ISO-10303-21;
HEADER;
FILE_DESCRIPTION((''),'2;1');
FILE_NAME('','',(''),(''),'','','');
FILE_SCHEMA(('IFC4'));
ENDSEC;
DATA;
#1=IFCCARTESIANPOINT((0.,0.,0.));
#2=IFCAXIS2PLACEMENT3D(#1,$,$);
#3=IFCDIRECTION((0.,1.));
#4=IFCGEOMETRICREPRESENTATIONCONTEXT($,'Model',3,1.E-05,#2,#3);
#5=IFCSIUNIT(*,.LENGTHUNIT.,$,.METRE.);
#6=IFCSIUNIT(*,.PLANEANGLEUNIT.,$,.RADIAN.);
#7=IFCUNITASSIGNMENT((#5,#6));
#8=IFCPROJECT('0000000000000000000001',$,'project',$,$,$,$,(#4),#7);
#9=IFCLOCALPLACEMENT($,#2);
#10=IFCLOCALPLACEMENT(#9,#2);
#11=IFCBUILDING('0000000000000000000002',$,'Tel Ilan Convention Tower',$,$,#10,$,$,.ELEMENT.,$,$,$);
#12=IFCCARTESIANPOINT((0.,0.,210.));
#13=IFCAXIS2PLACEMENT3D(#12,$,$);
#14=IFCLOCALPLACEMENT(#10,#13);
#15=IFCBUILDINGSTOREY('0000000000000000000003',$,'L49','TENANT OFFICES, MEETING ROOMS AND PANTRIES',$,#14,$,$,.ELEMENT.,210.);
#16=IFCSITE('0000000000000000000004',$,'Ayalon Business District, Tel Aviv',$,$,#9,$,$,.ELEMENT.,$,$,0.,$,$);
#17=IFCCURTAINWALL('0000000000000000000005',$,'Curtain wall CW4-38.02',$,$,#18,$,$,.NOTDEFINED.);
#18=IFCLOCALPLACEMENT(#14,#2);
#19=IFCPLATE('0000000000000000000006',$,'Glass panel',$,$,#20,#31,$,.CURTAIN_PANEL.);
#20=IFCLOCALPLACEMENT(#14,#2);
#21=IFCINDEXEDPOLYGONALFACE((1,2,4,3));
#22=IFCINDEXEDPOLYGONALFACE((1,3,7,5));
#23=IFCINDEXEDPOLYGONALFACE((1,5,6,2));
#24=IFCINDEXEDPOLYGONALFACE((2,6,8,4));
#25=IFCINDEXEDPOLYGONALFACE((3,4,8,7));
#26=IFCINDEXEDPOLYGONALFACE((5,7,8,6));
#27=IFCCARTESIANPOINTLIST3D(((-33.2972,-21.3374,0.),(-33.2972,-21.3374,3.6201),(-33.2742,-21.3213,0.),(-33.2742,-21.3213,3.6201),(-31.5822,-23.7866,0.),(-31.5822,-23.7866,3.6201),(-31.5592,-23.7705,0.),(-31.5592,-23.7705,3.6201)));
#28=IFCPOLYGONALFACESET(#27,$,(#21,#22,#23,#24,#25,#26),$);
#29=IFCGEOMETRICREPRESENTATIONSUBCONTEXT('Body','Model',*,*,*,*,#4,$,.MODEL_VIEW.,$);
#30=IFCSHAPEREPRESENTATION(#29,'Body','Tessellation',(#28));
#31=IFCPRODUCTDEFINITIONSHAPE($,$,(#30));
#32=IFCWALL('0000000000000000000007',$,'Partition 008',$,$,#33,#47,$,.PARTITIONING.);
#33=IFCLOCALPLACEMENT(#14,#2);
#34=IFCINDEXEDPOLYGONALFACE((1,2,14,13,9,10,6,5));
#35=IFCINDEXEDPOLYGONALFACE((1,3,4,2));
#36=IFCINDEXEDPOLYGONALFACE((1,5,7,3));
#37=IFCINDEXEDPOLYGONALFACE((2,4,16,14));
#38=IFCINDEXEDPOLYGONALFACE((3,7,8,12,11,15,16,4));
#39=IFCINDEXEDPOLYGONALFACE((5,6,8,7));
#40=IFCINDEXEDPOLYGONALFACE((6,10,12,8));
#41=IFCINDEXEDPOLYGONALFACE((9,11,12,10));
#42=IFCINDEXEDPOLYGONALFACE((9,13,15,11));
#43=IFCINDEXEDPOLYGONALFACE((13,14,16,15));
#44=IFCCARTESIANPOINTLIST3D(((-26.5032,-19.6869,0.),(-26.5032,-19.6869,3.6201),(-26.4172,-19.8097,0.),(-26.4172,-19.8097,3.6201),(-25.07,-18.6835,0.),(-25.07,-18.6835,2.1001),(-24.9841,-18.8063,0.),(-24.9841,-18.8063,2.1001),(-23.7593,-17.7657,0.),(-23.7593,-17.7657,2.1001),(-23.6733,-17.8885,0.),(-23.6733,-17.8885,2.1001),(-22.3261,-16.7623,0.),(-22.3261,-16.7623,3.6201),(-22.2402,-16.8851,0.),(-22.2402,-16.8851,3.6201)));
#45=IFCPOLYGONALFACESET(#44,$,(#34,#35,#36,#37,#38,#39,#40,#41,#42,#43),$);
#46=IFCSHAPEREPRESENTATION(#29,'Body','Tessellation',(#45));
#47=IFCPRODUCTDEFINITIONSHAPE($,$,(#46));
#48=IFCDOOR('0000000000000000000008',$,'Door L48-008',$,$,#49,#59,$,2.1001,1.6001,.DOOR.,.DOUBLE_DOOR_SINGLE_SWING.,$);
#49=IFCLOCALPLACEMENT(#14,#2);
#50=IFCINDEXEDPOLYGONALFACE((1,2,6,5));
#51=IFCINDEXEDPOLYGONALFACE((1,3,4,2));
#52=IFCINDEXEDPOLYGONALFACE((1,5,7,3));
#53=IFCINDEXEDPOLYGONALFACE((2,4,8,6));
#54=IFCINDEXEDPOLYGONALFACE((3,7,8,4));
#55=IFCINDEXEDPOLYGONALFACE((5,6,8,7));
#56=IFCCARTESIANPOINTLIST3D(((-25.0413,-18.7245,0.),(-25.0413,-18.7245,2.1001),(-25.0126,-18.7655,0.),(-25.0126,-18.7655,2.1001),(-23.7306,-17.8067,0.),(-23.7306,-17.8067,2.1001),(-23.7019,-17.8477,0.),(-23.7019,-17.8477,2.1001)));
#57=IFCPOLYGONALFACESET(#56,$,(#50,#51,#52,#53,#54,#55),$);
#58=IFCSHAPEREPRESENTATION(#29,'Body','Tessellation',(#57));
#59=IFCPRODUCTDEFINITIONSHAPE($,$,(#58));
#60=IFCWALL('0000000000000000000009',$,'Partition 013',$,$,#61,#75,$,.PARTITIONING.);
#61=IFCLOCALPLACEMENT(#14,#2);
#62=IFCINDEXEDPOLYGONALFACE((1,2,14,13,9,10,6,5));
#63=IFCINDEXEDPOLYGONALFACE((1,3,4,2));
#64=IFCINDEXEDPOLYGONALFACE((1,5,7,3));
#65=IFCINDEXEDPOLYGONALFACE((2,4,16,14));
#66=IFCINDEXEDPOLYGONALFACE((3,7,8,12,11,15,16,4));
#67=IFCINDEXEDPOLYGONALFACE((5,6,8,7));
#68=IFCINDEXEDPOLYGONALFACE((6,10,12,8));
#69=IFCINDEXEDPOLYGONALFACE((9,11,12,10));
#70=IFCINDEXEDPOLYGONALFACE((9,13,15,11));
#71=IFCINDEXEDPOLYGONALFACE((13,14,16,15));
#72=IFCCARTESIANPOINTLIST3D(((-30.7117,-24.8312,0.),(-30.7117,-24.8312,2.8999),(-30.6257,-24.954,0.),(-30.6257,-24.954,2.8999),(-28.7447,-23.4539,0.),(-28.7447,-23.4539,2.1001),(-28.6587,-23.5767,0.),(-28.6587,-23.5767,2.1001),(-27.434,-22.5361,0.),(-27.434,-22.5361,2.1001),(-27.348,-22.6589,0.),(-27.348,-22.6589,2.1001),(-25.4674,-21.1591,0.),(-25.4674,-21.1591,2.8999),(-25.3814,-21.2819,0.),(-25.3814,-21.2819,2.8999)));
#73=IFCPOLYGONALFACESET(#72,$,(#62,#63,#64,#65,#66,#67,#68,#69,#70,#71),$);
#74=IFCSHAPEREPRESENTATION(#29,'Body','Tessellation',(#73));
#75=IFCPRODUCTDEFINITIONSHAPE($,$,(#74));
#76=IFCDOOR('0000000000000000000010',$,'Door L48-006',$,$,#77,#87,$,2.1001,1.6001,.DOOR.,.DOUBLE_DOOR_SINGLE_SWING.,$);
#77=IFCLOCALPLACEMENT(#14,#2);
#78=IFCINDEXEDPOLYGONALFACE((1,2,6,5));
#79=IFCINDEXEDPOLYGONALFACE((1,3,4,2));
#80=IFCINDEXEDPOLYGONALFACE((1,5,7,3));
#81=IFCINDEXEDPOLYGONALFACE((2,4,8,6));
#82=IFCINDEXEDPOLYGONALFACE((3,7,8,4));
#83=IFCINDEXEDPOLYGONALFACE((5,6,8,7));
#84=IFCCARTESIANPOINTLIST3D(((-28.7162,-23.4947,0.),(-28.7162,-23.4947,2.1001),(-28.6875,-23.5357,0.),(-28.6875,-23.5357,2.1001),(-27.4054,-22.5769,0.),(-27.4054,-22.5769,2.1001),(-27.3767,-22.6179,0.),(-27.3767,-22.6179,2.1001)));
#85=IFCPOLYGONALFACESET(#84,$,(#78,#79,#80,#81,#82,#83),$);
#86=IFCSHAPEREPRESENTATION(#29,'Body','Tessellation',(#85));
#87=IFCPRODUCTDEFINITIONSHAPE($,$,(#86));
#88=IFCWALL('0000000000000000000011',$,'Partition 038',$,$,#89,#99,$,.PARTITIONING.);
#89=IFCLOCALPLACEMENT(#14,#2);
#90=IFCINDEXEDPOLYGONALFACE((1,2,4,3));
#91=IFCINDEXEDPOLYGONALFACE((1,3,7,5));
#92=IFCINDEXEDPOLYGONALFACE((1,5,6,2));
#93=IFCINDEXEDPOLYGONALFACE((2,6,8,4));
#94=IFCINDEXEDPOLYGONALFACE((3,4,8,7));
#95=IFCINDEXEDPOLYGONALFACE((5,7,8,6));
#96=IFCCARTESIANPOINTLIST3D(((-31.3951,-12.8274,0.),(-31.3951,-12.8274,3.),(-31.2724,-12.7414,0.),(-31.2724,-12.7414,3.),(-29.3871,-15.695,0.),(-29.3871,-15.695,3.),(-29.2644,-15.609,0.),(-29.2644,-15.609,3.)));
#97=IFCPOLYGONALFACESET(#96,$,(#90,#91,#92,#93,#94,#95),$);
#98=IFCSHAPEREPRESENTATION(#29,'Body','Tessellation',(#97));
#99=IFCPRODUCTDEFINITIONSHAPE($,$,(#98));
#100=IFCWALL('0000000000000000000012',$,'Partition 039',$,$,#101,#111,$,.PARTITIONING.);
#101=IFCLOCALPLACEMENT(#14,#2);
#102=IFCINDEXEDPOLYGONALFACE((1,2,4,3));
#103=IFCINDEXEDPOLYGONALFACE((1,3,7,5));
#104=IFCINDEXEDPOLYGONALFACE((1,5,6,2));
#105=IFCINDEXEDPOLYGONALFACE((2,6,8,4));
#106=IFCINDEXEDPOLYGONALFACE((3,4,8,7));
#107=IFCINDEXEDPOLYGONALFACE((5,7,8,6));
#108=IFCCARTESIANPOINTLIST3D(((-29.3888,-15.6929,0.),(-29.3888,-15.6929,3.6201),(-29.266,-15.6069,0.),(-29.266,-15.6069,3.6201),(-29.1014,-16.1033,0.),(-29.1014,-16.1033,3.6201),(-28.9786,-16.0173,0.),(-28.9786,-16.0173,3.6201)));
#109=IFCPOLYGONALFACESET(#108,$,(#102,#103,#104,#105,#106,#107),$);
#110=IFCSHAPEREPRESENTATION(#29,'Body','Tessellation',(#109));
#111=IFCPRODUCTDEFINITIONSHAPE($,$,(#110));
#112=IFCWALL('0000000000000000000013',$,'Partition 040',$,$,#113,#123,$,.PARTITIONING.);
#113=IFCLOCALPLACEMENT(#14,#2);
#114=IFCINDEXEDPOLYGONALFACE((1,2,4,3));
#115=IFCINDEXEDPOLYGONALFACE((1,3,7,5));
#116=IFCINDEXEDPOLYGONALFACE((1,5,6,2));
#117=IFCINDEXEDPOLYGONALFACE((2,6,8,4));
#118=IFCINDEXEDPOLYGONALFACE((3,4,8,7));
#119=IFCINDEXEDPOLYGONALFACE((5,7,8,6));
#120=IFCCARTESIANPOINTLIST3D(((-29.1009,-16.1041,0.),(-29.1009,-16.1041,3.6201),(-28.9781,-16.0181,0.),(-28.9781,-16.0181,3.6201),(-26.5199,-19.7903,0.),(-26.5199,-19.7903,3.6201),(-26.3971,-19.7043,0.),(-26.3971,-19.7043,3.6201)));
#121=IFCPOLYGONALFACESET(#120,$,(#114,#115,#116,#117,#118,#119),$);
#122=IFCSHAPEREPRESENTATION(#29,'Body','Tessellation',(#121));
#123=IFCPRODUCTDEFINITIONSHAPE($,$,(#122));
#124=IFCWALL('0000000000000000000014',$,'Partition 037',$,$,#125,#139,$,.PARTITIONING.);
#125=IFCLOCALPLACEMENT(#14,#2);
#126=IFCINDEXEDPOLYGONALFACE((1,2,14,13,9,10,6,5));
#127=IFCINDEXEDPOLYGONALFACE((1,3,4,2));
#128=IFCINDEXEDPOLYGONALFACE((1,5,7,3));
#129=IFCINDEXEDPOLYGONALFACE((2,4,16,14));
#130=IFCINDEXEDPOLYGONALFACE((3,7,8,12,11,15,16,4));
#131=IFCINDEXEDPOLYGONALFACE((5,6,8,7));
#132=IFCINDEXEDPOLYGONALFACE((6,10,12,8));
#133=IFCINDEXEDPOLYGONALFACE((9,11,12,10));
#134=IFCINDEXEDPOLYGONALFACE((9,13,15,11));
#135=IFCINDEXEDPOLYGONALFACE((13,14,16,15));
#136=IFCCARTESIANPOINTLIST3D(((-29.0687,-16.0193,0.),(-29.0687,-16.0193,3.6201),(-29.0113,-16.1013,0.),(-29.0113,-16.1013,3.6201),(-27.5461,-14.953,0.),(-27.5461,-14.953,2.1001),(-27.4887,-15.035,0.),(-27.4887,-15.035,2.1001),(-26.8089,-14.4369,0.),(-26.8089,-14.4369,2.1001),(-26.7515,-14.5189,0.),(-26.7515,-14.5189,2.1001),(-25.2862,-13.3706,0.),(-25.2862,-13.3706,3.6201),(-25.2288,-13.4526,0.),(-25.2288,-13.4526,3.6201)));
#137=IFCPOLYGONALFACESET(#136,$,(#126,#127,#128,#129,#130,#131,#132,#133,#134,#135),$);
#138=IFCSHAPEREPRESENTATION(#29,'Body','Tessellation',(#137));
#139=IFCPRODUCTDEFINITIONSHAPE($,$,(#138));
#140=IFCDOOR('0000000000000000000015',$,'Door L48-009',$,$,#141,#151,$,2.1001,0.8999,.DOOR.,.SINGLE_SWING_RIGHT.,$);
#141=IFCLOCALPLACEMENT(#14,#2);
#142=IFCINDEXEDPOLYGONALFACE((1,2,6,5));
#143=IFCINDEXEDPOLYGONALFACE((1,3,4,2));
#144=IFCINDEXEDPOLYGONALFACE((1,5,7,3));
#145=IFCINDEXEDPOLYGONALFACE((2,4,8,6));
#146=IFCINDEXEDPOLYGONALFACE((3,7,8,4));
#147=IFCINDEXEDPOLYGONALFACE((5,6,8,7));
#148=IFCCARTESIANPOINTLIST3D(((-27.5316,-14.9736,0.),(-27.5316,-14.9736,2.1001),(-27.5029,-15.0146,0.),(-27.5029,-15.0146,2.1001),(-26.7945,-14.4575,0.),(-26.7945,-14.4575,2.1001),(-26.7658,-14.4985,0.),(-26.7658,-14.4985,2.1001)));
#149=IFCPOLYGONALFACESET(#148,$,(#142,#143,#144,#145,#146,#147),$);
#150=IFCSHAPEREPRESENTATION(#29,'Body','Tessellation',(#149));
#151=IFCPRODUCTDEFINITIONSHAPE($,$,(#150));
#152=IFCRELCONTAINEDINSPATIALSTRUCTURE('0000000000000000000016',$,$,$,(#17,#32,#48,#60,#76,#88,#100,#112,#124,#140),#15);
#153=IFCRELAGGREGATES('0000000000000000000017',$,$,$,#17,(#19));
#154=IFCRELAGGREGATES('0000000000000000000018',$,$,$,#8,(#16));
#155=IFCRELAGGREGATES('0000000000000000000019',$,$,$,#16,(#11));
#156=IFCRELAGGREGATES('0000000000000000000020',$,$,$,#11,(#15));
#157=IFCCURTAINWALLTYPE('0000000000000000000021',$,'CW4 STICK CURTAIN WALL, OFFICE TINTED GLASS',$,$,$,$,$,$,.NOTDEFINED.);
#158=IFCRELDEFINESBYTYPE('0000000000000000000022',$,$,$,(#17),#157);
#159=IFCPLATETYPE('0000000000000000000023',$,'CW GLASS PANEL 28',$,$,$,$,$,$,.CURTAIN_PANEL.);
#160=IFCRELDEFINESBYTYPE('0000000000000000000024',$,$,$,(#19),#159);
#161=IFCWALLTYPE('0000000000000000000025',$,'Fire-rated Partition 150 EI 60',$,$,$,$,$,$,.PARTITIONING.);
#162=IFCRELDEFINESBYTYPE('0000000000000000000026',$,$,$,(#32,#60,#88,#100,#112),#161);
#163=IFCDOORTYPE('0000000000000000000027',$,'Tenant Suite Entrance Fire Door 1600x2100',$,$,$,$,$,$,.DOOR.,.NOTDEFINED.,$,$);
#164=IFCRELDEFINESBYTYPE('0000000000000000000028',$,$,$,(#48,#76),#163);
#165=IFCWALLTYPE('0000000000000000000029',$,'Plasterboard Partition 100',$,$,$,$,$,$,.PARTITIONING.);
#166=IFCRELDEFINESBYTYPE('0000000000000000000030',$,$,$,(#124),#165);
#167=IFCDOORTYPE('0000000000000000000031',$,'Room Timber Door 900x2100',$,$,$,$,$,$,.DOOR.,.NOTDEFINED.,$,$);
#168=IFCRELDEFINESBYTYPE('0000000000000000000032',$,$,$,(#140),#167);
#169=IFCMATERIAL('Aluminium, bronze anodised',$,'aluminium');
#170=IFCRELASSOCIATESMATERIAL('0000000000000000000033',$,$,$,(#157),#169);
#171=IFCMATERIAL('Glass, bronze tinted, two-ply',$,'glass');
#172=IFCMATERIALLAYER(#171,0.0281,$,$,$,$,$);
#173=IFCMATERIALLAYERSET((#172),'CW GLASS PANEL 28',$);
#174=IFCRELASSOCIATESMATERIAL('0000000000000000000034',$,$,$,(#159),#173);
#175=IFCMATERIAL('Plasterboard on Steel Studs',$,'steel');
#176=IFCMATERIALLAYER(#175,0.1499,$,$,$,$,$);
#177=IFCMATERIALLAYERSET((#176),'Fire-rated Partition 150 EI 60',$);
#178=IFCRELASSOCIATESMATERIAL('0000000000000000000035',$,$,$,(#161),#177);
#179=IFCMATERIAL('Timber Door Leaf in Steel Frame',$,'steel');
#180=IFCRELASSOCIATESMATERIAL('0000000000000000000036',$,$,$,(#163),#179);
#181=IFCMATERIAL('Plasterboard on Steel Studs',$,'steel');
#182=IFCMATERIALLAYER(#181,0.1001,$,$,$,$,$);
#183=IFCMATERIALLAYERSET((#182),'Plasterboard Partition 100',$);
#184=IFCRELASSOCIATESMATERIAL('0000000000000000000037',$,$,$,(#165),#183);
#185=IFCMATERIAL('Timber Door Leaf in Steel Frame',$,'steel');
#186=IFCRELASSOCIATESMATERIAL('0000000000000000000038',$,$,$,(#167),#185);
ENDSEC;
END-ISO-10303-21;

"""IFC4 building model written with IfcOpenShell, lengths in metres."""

from ifc_helpers import new_model, si_unit, direction, frame, frame_2d, origin, origin_2d, place, context, subcontext, project, spatial, rectangle, extrude, material, layer, layer_set, type_object, element, fill, aggregate, save


model = new_model("IFC4")

# Units and contexts
model_context = context("Model", 3, precision=1e-05, world=origin(), true_north=direction((0.0, 1.0)))
body_context = subcontext(model_context, "Body", "Model", "MODEL_VIEW")
ifc_project = project(units=[si_unit("LENGTHUNIT", "METRE"), si_unit("PLANEANGLEUNIT", "RADIAN")], contexts=[model_context])

# Site, building, storey
site_placement = place(None, origin())
site = spatial("IfcSite", under=ifc_project, at=site_placement, Name="Ayalon Business District, Tel Aviv", CompositionType="ELEMENT", RefElevation=0.0)
building_placement = place(site_placement, origin())
building = spatial("IfcBuilding", under=site, at=building_placement, Name="Tel Ilan Convention Tower", CompositionType="ELEMENT")
storey_placement = place(building_placement, frame((0.0, 0.0, 210.0)))
storey = spatial("IfcBuildingStorey", under=building, at=storey_placement, Name="L49", Description="TENANT OFFICES, MEETING ROOMS AND PANTRIES", CompositionType="ELEMENT", Elevation=210.0)

# Curtain wall, plate
ifc_material_1 = material(Name="Aluminium, bronze anodised", Category="aluminium")
curtain_wall_type = type_object("IfcCurtainWallType", Name="CW4 STICK CURTAIN WALL, OFFICE TINTED GLASS", PredefinedType="NOTDEFINED", material=ifc_material_1)
curtain_wall_placement = place(storey_placement, origin())
curtain_wall = element("IfcCurtainWall", 1, at=curtain_wall_placement, inside=storey, type_object=curtain_wall_type, Name="Curtain wall CW4-38.02", PredefinedType="NOTDEFINED")
ifc_material_2 = material(Name="Glass, bronze tinted, two-ply", Category="glass")
ifc_layer_1 = layer(ifc_material_2, 0.0281)
ifc_layer_set_1 = layer_set([ifc_layer_1], Name="CW GLASS PANEL 28")
plate_type = type_object("IfcPlateType", Name="CW GLASS PANEL 28", PredefinedType="CURTAIN_PANEL", material=ifc_layer_set_1)
plate_1_placement = place(storey_placement, frame((-32.4282, -22.554, 0.0), z_axis=(0.0, 0.0, 1.0), x_axis=(0.573576, -0.819152, 0.0)))
plate_1 = element("IfcPlate", 2, at=plate_1_placement, type_object=plate_type, Name="Glass panel", PredefinedType="CURTAIN_PANEL", context=body_context, shape_type="SweptSolid", body=[
    extrude(rectangle(XDim=2.99, YDim=0.0281, at=origin_2d()), origin(), (0.0, 0.0, 1.0), 3.6201),
])
aggregate(curtain_wall, [plate_1])

# Walls, openings, doors
ifc_material_3 = material(Name="Plasterboard on Steel Studs", Category="steel")
ifc_layer_2 = layer(ifc_material_3, 0.1499)
ifc_layer_set_2 = layer_set([ifc_layer_2], Name="Fire-rated Partition 150 EI 60")
wall_type_1 = type_object("IfcWallType", Name="Fire-rated Partition 150 EI 60", PredefinedType="PARTITIONING", material=ifc_layer_set_2)
wall_1_placement = place(storey_placement, frame((-26.4602, -19.7483, 0.0), z_axis=(0.0, 0.0, 1.0), x_axis=(0.819171, 0.573549, 0.0)))
wall_1 = element("IfcWall", 3, at=wall_1_placement, inside=storey, type_object=wall_type_1, Name="Partition 008", PredefinedType="PARTITIONING", context=body_context, shape_type="SweptSolid", body=[
    extrude(rectangle(XDim=5.0991, YDim=0.1499, at=frame_2d((2.5496, 0.0))), origin(), (0.0, 0.0, 1.0), 3.6201),
])
opening_1_placement = place(wall_1_placement, frame((1.7495, 0.0, 0.0)))
opening_1 = element("IfcOpeningElement", 4, at=opening_1_placement, cuts=wall_1, PredefinedType="OPENING", context=body_context, shape_type="SweptSolid", body=[
    extrude(rectangle(XDim=1.6001, YDim=2.1001, at=frame_2d((0.8, 1.05))), frame((0.0, 0.085, 0.0), z_axis=(0.0, -1.0, 0.0), x_axis=(1.0, 0.0, 0.0)), (0.0, 0.0, 1.0), 0.1699),
])
ifc_material_4 = material(Name="Timber Door Leaf in Steel Frame", Category="steel")
door_type_1 = type_object("IfcDoorType", Name="Tenant Suite Entrance Fire Door 1600x2100", OperationType="NOTDEFINED", PredefinedType="DOOR", material=ifc_material_4)
door_1_placement = place(opening_1_placement, origin())
door_1 = element("IfcDoor", 5, at=door_1_placement, inside=storey, type_object=door_type_1, Name="Door L48-008", OperationType="DOUBLE_DOOR_SINGLE_SWING", OverallHeight=2.1001, OverallWidth=1.6001, PredefinedType="DOOR", context=body_context, shape_type="SweptSolid", body=[
    extrude(rectangle(XDim=1.6001, YDim=2.1001, at=frame_2d((0.8, 1.05))), frame((0.0, 0.0249, 0.0), z_axis=(0.0, -1.0, 0.0), x_axis=(1.0, 0.0, 0.0)), (0.0, 0.0, 1.0), 0.05),
])
fill(opening_1, door_1)
wall_2_placement = place(storey_placement, frame((-25.4243, -21.2205, 0.0), z_axis=(0.0, 0.0, 1.0), x_axis=(-0.819155, -0.573572, 0.0)))
wall_2 = element("IfcWall", 6, at=wall_2_placement, inside=storey, type_object=wall_type_1, Name="Partition 013", PredefinedType="PARTITIONING", context=body_context, shape_type="SweptSolid", body=[
    extrude(rectangle(XDim=6.4021, YDim=0.1499, at=frame_2d((3.2012, 0.0))), origin(), (0.0, 0.0, 1.0), 2.8999),
])
opening_2_placement = place(wall_2_placement, frame((2.4009, 0.0, 0.0)))
opening_2 = element("IfcOpeningElement", 7, at=opening_2_placement, cuts=wall_2, PredefinedType="OPENING", context=body_context, shape_type="SweptSolid", body=[
    extrude(rectangle(XDim=1.6001, YDim=2.1001, at=frame_2d((0.8, 1.05))), frame((0.0, 0.085, 0.0), z_axis=(0.0, -1.0, 0.0), x_axis=(1.0, 0.0, 0.0)), (0.0, 0.0, 1.0), 0.1699),
])
door_2_placement = place(opening_2_placement, origin())
door_2 = element("IfcDoor", 8, at=door_2_placement, inside=storey, type_object=door_type_1, Name="Door L48-006", OperationType="DOUBLE_DOOR_SINGLE_SWING", OverallHeight=2.1001, OverallWidth=1.6001, PredefinedType="DOOR", context=body_context, shape_type="SweptSolid", body=[
    extrude(rectangle(XDim=1.6001, YDim=2.1001, at=frame_2d((0.8, 1.05))), frame((0.0, 0.0249, 0.0), z_axis=(0.0, -1.0, 0.0), x_axis=(1.0, 0.0, 0.0)), (0.0, 0.0, 1.0), 0.05),
])
fill(opening_2, door_2)

# Walls
wall_3_placement = place(storey_placement, frame((-29.3257, -15.6521, 0.0), z_axis=(0.0, 0.0, 1.0), x_axis=(-0.573593, 0.81914, 0.0)))
element("IfcWall", 9, at=wall_3_placement, inside=storey, type_object=wall_type_1, Name="Partition 038", PredefinedType="PARTITIONING", context=body_context, shape_type="SweptSolid", body=[
    extrude(rectangle(XDim=3.5007, YDim=0.1499, at=frame_2d((1.7505, 0.0))), origin(), (0.0, 0.0, 1.0), 3.0),
])
wall_4_placement = place(storey_placement, frame((-29.04, -16.0603, 0.0), z_axis=(0.0, 0.0, 1.0), x_axis=(-0.57356, 0.819163, 0.0)))
element("IfcWall", 10, at=wall_4_placement, inside=storey, type_object=wall_type_1, Name="Partition 039", PredefinedType="PARTITIONING", context=body_context, shape_type="SweptSolid", body=[
    extrude(rectangle(XDim=0.501, YDim=0.1499, at=frame_2d((0.2505, 0.0))), origin(), (0.0, 0.0, 1.0), 3.6201),
])
wall_5_placement = place(storey_placement, frame((-26.4585, -19.7473, 0.0), z_axis=(0.0, 0.0, 1.0), x_axis=(-0.573561, 0.819163, 0.0)))
element("IfcWall", 11, at=wall_5_placement, inside=storey, type_object=wall_type_1, Name="Partition 040", PredefinedType="PARTITIONING", context=body_context, shape_type="SweptSolid", body=[
    extrude(rectangle(XDim=4.5, YDim=0.1499, at=frame_2d((2.25, 0.0))), origin(), (0.0, 0.0, 1.0), 3.6201),
])

# Wall, opening, door
ifc_material_5 = material(Name="Plasterboard on Steel Studs", Category="steel")
ifc_layer_3 = layer(ifc_material_5, 0.1001)
ifc_layer_set_3 = layer_set([ifc_layer_3], Name="Plasterboard Partition 100")
wall_type_2 = type_object("IfcWallType", Name="Plasterboard Partition 100", PredefinedType="PARTITIONING", material=ifc_layer_set_3)
wall_6_placement = place(storey_placement, frame((-29.04, -16.0603, 0.0), z_axis=(0.0, 0.0, 1.0), x_axis=(0.819135, 0.573601, 0.0)))
wall_6 = element("IfcWall", 12, at=wall_6_placement, inside=storey, type_object=wall_type_2, Name="Partition 037", PredefinedType="PARTITIONING", context=body_context, shape_type="SweptSolid", body=[
    extrude(rectangle(XDim=4.6177, YDim=0.1001, at=frame_2d((2.3088, 0.0))), origin(), (0.0, 0.0, 1.0), 3.6201),
])
opening_3_placement = place(wall_6_placement, frame((1.8589, 0.0, 0.0)))
opening_3 = element("IfcOpeningElement", 13, at=opening_3_placement, cuts=wall_6, PredefinedType="OPENING", context=body_context, shape_type="SweptSolid", body=[
    extrude(rectangle(XDim=0.8999, YDim=2.1001, at=frame_2d((0.45, 1.05))), frame((0.0, 0.0601, 0.0), z_axis=(0.0, -1.0, 0.0), x_axis=(1.0, 0.0, 0.0)), (0.0, 0.0, 1.0), 0.1201),
])
ifc_material_6 = material(Name="Timber Door Leaf in Steel Frame", Category="steel")
door_type_2 = type_object("IfcDoorType", Name="Room Timber Door 900x2100", OperationType="NOTDEFINED", PredefinedType="DOOR", material=ifc_material_6)
door_3_placement = place(opening_3_placement, origin())
door_3 = element("IfcDoor", 14, at=door_3_placement, inside=storey, type_object=door_type_2, Name="Door L48-009", OperationType="SINGLE_SWING_RIGHT", OverallHeight=2.1001, OverallWidth=0.8999, PredefinedType="DOOR", context=body_context, shape_type="SweptSolid", body=[
    extrude(rectangle(XDim=0.8999, YDim=2.1001, at=frame_2d((0.45, 1.05))), frame((0.0, 0.0249, 0.0), z_axis=(0.0, -1.0, 0.0), x_axis=(1.0, 0.0, 0.0)), (0.0, 0.0, 1.0), 0.05),
])
fill(opening_3, door_3)

save(model, "model.ifc")
